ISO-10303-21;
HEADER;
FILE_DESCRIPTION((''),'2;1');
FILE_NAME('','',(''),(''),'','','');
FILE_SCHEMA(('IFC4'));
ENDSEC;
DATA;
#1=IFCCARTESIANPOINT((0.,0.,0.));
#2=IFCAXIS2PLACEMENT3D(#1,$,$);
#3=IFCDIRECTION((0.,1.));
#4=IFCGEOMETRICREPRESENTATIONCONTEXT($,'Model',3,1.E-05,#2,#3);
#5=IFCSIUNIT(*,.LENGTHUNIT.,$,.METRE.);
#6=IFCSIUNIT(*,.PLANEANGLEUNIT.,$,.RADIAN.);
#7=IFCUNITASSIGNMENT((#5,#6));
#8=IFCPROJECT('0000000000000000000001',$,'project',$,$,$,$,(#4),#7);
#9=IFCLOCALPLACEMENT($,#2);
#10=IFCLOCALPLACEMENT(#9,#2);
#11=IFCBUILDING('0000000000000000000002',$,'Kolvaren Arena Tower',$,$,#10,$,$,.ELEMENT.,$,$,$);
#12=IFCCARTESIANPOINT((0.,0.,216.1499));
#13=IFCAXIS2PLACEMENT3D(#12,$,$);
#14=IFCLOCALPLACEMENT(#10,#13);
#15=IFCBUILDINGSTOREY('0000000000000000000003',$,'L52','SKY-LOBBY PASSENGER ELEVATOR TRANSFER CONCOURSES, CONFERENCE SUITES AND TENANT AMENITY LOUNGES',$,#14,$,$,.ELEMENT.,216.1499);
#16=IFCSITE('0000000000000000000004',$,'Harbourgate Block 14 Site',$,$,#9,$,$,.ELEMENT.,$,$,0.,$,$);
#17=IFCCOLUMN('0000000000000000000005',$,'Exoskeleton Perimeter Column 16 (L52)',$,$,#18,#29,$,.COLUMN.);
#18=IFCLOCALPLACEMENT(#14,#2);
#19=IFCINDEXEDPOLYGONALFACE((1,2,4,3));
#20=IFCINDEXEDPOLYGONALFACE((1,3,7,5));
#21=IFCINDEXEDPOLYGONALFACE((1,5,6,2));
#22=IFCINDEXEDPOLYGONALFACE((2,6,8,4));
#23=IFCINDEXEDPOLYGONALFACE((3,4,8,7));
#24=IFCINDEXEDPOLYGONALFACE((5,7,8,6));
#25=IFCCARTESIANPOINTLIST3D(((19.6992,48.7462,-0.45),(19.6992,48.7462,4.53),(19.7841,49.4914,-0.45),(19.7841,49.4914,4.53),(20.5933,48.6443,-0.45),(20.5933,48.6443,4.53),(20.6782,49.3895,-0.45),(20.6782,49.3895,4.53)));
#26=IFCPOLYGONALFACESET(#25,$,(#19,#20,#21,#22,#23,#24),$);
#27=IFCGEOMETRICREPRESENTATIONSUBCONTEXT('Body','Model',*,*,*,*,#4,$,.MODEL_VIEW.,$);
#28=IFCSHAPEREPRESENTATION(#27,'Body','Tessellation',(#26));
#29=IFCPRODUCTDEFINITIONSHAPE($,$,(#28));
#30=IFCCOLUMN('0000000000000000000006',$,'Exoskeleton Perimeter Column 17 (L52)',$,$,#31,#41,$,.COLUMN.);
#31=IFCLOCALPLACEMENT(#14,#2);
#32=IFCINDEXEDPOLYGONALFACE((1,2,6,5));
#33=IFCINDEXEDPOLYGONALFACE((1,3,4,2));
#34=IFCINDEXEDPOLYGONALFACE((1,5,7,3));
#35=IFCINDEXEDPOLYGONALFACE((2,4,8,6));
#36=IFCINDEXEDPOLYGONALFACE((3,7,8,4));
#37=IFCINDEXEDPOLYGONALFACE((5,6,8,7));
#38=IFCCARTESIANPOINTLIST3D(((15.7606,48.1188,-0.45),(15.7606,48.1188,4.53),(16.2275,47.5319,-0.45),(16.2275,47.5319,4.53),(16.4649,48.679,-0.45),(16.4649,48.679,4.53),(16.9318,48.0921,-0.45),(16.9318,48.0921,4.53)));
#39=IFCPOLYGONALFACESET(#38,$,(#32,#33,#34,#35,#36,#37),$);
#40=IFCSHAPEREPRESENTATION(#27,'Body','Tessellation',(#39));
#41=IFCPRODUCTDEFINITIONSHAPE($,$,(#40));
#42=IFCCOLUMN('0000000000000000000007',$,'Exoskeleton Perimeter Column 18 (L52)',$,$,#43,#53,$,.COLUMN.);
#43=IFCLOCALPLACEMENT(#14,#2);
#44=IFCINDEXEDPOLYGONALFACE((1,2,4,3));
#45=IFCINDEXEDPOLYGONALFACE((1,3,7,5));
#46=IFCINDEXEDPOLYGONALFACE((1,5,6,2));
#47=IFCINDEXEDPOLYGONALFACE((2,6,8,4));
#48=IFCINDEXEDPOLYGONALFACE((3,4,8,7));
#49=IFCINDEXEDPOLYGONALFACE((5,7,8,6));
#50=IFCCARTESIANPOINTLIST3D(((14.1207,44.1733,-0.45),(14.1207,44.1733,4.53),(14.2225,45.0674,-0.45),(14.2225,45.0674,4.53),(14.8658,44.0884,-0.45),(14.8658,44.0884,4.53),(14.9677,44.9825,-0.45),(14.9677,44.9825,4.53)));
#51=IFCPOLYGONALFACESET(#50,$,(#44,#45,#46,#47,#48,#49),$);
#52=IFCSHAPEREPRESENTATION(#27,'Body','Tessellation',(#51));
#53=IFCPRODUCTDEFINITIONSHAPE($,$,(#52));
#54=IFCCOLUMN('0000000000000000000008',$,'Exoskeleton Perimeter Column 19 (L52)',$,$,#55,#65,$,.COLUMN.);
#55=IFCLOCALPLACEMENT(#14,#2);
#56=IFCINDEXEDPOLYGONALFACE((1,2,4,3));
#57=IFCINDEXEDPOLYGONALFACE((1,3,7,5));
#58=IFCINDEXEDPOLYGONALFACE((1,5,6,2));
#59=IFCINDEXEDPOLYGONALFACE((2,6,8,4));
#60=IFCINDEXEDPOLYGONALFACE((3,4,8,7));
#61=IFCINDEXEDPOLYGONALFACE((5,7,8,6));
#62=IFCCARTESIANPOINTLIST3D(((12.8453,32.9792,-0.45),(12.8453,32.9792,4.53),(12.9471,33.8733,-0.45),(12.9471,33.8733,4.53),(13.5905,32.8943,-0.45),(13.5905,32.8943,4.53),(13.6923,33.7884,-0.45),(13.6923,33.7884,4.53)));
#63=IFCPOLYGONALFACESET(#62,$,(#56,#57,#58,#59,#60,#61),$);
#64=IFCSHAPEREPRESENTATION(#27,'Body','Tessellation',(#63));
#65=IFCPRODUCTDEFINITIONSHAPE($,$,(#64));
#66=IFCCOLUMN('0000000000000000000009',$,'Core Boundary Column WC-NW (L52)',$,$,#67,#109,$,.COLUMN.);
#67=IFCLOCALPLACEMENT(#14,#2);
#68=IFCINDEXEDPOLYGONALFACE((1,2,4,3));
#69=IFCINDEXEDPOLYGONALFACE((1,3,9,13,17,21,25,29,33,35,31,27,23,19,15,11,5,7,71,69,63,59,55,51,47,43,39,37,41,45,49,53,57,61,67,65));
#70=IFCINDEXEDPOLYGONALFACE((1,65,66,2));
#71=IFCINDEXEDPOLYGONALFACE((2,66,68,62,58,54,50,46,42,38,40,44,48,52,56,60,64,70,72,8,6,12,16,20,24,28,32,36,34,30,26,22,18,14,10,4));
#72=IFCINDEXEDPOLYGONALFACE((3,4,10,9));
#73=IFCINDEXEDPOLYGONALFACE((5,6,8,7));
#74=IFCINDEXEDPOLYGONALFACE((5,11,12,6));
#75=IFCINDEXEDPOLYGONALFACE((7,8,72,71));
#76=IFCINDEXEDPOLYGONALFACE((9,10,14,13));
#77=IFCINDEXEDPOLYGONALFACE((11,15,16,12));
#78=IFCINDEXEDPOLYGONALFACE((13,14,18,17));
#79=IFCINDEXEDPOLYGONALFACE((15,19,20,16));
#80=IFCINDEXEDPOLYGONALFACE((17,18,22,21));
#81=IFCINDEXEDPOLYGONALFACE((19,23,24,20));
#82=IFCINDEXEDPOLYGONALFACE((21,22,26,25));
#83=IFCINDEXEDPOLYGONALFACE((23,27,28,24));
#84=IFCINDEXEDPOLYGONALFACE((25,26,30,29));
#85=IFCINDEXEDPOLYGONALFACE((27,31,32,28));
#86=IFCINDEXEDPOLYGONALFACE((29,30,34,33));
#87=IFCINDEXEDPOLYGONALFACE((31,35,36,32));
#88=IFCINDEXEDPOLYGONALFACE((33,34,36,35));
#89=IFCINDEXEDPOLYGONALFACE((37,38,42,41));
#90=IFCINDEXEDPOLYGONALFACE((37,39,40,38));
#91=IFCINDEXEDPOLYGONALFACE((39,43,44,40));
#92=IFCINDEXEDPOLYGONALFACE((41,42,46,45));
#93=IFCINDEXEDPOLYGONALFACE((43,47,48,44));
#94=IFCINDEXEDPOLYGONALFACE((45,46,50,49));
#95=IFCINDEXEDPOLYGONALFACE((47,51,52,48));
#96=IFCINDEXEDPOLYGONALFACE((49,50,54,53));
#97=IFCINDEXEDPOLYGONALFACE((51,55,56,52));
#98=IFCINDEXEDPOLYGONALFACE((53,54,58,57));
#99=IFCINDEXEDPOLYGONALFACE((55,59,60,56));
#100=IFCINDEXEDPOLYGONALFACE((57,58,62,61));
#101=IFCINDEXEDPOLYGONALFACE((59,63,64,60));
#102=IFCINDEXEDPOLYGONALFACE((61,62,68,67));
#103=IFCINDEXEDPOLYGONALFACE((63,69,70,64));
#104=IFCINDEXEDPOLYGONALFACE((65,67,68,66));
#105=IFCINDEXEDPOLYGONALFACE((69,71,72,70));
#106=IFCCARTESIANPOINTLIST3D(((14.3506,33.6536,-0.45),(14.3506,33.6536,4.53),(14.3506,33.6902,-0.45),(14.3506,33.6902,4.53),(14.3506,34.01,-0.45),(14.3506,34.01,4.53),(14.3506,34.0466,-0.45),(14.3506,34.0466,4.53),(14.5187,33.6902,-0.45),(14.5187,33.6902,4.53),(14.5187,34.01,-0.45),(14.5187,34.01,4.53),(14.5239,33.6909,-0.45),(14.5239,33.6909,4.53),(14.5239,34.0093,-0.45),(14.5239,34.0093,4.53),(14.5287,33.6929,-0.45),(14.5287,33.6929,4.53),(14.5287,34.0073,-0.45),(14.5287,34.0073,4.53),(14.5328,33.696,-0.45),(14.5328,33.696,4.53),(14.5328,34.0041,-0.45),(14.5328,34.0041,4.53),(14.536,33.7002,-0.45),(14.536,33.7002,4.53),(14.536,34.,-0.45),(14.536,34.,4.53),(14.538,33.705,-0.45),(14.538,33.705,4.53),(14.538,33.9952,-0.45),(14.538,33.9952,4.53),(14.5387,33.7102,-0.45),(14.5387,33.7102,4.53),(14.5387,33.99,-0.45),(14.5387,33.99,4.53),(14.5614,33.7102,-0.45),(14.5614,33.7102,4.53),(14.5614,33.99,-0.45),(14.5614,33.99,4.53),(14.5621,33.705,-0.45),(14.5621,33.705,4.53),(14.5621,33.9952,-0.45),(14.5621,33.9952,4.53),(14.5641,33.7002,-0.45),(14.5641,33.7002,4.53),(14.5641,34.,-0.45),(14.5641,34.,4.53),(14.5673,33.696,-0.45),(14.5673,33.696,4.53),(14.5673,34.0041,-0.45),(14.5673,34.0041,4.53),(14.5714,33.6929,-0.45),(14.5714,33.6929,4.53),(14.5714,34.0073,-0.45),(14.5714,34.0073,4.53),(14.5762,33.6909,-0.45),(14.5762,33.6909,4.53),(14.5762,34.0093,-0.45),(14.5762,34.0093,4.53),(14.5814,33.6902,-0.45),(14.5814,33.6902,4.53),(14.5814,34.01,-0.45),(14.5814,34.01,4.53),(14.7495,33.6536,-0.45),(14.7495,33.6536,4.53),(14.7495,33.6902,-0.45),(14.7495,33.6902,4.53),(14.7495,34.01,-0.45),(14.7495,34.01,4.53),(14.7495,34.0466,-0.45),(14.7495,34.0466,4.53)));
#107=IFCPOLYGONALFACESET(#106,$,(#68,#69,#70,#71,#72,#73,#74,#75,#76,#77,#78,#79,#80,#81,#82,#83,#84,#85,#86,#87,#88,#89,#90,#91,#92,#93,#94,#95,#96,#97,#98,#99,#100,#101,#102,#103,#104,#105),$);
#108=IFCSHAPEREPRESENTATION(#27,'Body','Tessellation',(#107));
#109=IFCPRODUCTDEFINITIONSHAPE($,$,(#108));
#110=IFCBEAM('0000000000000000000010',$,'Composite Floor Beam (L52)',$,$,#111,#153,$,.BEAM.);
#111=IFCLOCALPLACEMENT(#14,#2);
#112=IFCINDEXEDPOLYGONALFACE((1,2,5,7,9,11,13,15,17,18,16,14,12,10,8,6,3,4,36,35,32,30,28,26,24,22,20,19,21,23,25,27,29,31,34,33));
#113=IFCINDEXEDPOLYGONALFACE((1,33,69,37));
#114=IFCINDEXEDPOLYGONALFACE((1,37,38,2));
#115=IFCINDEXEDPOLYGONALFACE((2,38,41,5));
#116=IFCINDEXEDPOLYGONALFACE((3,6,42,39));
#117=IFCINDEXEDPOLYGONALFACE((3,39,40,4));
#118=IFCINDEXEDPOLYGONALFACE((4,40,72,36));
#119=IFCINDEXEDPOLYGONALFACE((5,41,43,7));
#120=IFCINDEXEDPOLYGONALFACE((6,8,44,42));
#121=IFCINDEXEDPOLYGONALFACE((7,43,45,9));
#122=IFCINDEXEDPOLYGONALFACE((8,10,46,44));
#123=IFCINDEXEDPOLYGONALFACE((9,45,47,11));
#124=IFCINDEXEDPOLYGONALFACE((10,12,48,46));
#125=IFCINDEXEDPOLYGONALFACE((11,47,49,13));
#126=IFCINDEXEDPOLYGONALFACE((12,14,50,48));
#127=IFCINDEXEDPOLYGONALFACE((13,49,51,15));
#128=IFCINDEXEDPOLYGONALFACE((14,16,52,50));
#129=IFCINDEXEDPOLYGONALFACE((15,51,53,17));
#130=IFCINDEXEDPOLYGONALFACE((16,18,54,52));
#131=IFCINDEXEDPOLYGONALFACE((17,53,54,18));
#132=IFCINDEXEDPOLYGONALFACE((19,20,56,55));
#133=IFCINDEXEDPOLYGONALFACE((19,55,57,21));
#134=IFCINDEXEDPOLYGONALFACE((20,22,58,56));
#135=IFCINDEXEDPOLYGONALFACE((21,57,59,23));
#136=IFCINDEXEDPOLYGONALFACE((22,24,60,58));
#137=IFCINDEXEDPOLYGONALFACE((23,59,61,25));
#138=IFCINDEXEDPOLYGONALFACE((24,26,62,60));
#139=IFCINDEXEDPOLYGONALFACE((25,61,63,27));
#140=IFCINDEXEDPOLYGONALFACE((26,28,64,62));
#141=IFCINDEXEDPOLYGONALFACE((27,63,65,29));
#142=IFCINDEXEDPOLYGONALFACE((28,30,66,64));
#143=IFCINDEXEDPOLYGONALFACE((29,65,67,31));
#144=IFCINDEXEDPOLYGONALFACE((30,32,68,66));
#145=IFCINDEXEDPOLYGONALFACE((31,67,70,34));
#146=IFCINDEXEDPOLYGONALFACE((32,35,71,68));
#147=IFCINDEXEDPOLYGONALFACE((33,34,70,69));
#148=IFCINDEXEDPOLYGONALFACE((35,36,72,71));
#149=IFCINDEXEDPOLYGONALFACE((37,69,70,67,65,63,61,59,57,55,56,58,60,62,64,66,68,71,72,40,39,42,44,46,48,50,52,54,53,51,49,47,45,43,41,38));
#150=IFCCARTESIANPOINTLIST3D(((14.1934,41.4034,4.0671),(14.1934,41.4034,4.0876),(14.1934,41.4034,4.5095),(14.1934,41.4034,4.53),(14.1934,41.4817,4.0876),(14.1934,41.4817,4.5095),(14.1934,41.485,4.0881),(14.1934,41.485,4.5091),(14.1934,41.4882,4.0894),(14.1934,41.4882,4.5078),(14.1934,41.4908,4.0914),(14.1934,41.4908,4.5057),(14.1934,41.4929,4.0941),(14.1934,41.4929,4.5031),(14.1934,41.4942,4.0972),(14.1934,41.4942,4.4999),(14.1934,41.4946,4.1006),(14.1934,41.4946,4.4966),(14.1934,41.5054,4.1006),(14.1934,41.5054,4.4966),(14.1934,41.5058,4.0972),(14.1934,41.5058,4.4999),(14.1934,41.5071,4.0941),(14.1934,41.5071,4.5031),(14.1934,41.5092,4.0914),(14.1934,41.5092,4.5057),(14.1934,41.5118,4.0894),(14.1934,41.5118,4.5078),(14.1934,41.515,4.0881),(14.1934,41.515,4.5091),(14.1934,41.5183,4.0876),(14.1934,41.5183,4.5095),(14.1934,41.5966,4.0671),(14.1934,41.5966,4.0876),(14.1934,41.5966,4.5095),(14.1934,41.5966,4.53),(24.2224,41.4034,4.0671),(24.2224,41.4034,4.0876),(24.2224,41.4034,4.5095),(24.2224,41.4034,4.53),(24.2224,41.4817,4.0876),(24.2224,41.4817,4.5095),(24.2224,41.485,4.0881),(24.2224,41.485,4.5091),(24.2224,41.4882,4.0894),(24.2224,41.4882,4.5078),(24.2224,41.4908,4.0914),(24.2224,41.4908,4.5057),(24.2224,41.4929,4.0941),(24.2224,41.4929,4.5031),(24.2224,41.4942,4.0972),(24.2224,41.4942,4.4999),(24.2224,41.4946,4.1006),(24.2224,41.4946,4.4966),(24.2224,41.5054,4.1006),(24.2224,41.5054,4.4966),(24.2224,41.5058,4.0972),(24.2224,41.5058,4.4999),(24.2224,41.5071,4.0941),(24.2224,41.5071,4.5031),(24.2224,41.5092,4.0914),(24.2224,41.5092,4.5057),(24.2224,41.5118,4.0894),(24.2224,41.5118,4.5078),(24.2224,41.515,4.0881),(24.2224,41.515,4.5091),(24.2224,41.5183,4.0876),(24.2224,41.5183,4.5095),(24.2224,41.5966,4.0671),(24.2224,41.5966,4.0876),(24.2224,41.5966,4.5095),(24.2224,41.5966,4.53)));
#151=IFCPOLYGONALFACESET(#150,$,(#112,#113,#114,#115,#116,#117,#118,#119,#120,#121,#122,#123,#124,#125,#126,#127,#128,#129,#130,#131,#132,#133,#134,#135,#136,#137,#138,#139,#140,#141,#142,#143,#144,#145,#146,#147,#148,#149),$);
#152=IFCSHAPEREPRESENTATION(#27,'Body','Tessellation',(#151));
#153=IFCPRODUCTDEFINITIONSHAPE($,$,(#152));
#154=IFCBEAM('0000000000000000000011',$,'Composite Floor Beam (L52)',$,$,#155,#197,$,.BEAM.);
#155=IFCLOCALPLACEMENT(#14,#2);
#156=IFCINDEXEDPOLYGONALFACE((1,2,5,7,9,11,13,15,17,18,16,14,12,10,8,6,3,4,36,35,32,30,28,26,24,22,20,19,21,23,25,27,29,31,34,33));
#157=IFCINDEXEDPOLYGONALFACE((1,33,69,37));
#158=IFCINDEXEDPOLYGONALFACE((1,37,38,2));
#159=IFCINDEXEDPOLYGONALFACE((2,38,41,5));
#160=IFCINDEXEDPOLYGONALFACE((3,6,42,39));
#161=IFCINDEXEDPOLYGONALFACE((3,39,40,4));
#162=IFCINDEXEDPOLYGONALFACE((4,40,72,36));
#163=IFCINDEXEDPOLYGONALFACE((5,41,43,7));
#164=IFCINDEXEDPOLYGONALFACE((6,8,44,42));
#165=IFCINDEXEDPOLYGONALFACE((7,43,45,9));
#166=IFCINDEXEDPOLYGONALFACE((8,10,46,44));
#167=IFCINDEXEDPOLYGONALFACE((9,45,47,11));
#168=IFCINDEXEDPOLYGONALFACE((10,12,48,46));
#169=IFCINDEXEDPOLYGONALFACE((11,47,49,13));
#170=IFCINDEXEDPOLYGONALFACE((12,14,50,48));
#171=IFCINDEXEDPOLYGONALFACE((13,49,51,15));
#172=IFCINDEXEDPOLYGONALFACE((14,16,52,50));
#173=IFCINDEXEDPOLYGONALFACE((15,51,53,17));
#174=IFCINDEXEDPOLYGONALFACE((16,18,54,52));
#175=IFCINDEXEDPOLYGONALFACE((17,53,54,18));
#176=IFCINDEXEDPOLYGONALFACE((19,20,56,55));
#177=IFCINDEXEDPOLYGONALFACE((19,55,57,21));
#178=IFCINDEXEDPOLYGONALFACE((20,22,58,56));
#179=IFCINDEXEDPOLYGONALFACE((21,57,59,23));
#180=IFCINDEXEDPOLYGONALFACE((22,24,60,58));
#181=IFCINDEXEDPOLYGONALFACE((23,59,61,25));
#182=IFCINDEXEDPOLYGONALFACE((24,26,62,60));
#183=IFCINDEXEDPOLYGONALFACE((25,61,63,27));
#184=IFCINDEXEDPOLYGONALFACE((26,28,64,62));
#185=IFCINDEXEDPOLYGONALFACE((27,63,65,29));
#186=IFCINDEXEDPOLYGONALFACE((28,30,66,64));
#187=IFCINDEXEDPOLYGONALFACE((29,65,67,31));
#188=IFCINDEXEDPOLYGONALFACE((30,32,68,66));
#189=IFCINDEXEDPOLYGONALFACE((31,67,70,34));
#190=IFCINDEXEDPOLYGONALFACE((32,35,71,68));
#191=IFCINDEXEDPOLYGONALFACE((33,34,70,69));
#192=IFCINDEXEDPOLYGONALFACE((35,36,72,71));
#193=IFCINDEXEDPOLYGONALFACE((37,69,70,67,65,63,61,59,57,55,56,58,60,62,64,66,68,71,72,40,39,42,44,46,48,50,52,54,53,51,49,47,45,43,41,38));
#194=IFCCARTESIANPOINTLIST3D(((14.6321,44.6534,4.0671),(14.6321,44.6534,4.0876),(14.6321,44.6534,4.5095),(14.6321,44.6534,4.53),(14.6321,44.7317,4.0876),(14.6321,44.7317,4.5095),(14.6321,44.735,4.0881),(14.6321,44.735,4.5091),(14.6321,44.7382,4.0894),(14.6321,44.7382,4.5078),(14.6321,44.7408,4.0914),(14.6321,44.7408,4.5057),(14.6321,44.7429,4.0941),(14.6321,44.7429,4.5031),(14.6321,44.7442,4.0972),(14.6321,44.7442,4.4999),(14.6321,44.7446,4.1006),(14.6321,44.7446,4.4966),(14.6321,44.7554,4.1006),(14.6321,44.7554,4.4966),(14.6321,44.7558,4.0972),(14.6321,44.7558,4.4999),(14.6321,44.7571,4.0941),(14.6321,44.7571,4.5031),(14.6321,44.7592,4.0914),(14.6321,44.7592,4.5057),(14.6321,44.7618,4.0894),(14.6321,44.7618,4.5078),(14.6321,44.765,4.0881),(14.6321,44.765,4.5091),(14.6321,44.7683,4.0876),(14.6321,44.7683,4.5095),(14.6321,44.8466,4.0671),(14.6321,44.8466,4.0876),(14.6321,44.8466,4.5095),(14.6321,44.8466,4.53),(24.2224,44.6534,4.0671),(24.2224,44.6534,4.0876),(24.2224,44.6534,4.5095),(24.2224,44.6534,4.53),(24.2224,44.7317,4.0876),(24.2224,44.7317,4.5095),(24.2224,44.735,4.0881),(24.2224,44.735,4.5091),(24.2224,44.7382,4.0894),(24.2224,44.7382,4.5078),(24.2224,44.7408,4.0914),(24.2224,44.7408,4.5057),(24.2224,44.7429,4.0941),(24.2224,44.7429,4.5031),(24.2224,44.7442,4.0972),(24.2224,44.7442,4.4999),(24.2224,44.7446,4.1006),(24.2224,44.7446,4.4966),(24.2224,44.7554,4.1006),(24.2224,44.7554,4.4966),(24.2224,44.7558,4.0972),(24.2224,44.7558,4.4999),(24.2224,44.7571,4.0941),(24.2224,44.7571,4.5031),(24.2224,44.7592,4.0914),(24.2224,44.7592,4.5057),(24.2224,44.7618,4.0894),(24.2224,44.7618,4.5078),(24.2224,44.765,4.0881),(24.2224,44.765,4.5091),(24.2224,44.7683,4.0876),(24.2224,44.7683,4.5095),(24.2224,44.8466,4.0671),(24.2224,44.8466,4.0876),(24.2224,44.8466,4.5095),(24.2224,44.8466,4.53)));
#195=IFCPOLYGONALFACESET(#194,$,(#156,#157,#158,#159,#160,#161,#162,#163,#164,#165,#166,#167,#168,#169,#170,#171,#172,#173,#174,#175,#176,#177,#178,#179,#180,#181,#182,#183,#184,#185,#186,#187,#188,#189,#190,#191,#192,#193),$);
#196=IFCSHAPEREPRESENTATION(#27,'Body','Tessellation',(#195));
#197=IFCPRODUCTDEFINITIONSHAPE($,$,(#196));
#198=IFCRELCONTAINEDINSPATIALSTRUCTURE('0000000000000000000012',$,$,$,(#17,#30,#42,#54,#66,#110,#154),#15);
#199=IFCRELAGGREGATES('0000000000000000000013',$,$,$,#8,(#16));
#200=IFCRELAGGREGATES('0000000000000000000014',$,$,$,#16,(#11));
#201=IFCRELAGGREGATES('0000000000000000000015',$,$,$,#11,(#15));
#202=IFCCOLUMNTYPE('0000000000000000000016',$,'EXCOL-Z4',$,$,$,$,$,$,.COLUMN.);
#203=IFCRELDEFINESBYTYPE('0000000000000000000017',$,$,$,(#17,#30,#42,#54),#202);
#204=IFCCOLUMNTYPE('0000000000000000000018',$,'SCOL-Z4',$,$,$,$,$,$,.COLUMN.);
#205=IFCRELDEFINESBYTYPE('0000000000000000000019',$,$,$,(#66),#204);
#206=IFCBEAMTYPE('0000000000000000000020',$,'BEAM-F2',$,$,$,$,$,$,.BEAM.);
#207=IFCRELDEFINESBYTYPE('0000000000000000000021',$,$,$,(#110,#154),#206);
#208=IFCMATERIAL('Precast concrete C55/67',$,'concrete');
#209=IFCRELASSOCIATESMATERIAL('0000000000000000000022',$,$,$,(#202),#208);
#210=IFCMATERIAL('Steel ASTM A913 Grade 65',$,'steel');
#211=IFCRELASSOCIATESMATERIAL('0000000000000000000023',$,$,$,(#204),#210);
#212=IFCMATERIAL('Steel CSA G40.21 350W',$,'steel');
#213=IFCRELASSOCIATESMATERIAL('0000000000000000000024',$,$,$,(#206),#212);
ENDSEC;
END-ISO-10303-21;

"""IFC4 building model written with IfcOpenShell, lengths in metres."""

from ifc_helpers import new_model, si_unit, direction, frame, origin, origin_2d, place, context, subcontext, project, spatial, rectangle, i_section, extrude, material, material_profile, profile_set, type_object, element, save


model = new_model("IFC4")

# Units and contexts
model_context = context("Model", 3, precision=1e-05, world=origin(), true_north=direction((0.0, 1.0)))
body_context = subcontext(model_context, "Body", "Model", "MODEL_VIEW")
ifc_project = project(units=[si_unit("LENGTHUNIT", "METRE"), si_unit("PLANEANGLEUNIT", "RADIAN")], contexts=[model_context])

# Site, building, storey
site_placement = place(None, origin())
site = spatial("IfcSite", under=ifc_project, at=site_placement, Name="Harbourgate Block 14 Site", CompositionType="ELEMENT", RefElevation=0.0)
building_placement = place(site_placement, origin())
building = spatial("IfcBuilding", under=site, at=building_placement, Name="Kolvaren Arena Tower", CompositionType="ELEMENT")
storey_placement = place(building_placement, frame((0.0, 0.0, 216.1499)))
storey = spatial("IfcBuildingStorey", under=building, at=storey_placement, Name="L52", Description="SKY-LOBBY PASSENGER ELEVATOR TRANSFER CONCOURSES, CONFERENCE SUITES AND TENANT AMENITY LOUNGES", CompositionType="ELEMENT", Elevation=216.1499)

# Columns
ifc_material_1 = material(Name="Precast concrete C55/67", Category="concrete")
ifc_material_profile_1 = material_profile(ifc_material_1, rectangle(XDim=0.8999, YDim=0.75, at=origin_2d()), Name="RC-900x750")
ifc_profile_set_1 = profile_set([ifc_material_profile_1], Name="Precast concrete C55/67")
column_type_1 = type_object("IfcColumnType", Name="EXCOL-Z4", PredefinedType="COLUMN", material=ifc_profile_set_1)
for number, where, z_axis, x_axis, name in (
    (1, (20.1887, 49.0679, -0.45), (0.0, 0.0, 1.0), (0.993572, -0.113203, 0.0), "Exoskeleton Perimeter Column 16 (L52)"),
    (2, (16.3462, 48.1055, -0.45), (0.0, 0.0, 1.0), (0.782608, 0.622515, 0.0), "Exoskeleton Perimeter Column 17 (L52)"),
    (3, (14.5442, 44.5779, -0.45), (0.0, 0.0, 1.0), (0.113203, 0.993572, 0.0), "Exoskeleton Perimeter Column 18 (L52)"),
    (4, (13.2688, 33.3838, -0.45), (0.0, 0.0, 1.0), (0.113203, 0.993572, 0.0), "Exoskeleton Perimeter Column 19 (L52)"),
):
    element("IfcColumn", number, at=place(storey_placement, frame(where, z_axis=z_axis, x_axis=x_axis)), inside=storey, type_object=column_type_1, Name=name, PredefinedType="COLUMN", context=body_context, shape_type="SweptSolid", body=[
        extrude(rectangle(XDim=0.8999, YDim=0.75, at=origin_2d()), origin(), (0.0, 0.0, 1.0), 4.98),
    ])
ifc_material_2 = material(Name="Steel ASTM A913 Grade 65", Category="steel")
ifc_material_profile_2 = material_profile(ifc_material_2, i_section(OverallWidth=0.3989, OverallDepth=0.3931, WebThickness=0.0227, FlangeThickness=0.0366, FilletRadius=0.02, at=origin_2d()), Name="W360x287")
ifc_profile_set_2 = profile_set([ifc_material_profile_2], Name="Steel ASTM A913 Grade 65")
column_type_2 = type_object("IfcColumnType", Name="SCOL-Z4", PredefinedType="COLUMN", material=ifc_profile_set_2)
column_placement = place(storey_placement, frame((14.55, 33.8501, -0.45), z_axis=(0.0, 0.0, 1.0), x_axis=(1.0, 0.0, 0.0)))
element("IfcColumn", 5, at=column_placement, inside=storey, type_object=column_type_2, Name="Core Boundary Column WC-NW (L52)", PredefinedType="COLUMN", context=body_context, shape_type="SweptSolid", body=[
    extrude(i_section(OverallWidth=0.3989, OverallDepth=0.3931, WebThickness=0.0227, FlangeThickness=0.0366, FilletRadius=0.02, at=origin_2d()), origin(), (0.0, 0.0, 1.0), 4.98),
])

# Beams
ifc_material_3 = material(Name="Steel CSA G40.21 350W", Category="steel")
ifc_material_profile_3 = material_profile(ifc_material_3, i_section(OverallWidth=0.1931, OverallDepth=0.4629, WebThickness=0.0107, FlangeThickness=0.0205, FilletRadius=0.0129, at=origin_2d()), Name="W460x113")
ifc_profile_set_3 = profile_set([ifc_material_profile_3], Name="Steel CSA G40.21 350W")
beam_type_1 = type_object("IfcBeamType", Name="BEAM-F2", PredefinedType="BEAM", material=ifc_profile_set_3)
beam_1_placement = place(storey_placement, frame((14.1934, 41.5, 4.2986), z_axis=(1.0, 0.0, 0.0), x_axis=(0.0, 1.0, 0.0)))
element("IfcBeam", 6, at=beam_1_placement, inside=storey, type_object=beam_type_1, Name="Composite Floor Beam (L52)", PredefinedType="BEAM", context=body_context, shape_type="SweptSolid", body=[
    extrude(i_section(OverallWidth=0.1931, OverallDepth=0.4629, WebThickness=0.0107, FlangeThickness=0.0205, FilletRadius=0.0129, at=origin_2d()), origin(), (0.0, 0.0, 1.0), 10.0291),
])
beam_2_placement = place(storey_placement, frame((14.6321, 44.75, 4.2986), z_axis=(1.0, 0.0, 0.0), x_axis=(0.0, 1.0, 0.0)))
element("IfcBeam", 7, at=beam_2_placement, inside=storey, type_object=beam_type_1, Name="Composite Floor Beam (L52)", PredefinedType="BEAM", context=body_context, shape_type="SweptSolid", body=[
    extrude(i_section(OverallWidth=0.1931, OverallDepth=0.4629, WebThickness=0.0107, FlangeThickness=0.0205, FilletRadius=0.0129, at=origin_2d()), origin(), (0.0, 0.0, 1.0), 9.5903),
])

save(model, "model.ifc")
